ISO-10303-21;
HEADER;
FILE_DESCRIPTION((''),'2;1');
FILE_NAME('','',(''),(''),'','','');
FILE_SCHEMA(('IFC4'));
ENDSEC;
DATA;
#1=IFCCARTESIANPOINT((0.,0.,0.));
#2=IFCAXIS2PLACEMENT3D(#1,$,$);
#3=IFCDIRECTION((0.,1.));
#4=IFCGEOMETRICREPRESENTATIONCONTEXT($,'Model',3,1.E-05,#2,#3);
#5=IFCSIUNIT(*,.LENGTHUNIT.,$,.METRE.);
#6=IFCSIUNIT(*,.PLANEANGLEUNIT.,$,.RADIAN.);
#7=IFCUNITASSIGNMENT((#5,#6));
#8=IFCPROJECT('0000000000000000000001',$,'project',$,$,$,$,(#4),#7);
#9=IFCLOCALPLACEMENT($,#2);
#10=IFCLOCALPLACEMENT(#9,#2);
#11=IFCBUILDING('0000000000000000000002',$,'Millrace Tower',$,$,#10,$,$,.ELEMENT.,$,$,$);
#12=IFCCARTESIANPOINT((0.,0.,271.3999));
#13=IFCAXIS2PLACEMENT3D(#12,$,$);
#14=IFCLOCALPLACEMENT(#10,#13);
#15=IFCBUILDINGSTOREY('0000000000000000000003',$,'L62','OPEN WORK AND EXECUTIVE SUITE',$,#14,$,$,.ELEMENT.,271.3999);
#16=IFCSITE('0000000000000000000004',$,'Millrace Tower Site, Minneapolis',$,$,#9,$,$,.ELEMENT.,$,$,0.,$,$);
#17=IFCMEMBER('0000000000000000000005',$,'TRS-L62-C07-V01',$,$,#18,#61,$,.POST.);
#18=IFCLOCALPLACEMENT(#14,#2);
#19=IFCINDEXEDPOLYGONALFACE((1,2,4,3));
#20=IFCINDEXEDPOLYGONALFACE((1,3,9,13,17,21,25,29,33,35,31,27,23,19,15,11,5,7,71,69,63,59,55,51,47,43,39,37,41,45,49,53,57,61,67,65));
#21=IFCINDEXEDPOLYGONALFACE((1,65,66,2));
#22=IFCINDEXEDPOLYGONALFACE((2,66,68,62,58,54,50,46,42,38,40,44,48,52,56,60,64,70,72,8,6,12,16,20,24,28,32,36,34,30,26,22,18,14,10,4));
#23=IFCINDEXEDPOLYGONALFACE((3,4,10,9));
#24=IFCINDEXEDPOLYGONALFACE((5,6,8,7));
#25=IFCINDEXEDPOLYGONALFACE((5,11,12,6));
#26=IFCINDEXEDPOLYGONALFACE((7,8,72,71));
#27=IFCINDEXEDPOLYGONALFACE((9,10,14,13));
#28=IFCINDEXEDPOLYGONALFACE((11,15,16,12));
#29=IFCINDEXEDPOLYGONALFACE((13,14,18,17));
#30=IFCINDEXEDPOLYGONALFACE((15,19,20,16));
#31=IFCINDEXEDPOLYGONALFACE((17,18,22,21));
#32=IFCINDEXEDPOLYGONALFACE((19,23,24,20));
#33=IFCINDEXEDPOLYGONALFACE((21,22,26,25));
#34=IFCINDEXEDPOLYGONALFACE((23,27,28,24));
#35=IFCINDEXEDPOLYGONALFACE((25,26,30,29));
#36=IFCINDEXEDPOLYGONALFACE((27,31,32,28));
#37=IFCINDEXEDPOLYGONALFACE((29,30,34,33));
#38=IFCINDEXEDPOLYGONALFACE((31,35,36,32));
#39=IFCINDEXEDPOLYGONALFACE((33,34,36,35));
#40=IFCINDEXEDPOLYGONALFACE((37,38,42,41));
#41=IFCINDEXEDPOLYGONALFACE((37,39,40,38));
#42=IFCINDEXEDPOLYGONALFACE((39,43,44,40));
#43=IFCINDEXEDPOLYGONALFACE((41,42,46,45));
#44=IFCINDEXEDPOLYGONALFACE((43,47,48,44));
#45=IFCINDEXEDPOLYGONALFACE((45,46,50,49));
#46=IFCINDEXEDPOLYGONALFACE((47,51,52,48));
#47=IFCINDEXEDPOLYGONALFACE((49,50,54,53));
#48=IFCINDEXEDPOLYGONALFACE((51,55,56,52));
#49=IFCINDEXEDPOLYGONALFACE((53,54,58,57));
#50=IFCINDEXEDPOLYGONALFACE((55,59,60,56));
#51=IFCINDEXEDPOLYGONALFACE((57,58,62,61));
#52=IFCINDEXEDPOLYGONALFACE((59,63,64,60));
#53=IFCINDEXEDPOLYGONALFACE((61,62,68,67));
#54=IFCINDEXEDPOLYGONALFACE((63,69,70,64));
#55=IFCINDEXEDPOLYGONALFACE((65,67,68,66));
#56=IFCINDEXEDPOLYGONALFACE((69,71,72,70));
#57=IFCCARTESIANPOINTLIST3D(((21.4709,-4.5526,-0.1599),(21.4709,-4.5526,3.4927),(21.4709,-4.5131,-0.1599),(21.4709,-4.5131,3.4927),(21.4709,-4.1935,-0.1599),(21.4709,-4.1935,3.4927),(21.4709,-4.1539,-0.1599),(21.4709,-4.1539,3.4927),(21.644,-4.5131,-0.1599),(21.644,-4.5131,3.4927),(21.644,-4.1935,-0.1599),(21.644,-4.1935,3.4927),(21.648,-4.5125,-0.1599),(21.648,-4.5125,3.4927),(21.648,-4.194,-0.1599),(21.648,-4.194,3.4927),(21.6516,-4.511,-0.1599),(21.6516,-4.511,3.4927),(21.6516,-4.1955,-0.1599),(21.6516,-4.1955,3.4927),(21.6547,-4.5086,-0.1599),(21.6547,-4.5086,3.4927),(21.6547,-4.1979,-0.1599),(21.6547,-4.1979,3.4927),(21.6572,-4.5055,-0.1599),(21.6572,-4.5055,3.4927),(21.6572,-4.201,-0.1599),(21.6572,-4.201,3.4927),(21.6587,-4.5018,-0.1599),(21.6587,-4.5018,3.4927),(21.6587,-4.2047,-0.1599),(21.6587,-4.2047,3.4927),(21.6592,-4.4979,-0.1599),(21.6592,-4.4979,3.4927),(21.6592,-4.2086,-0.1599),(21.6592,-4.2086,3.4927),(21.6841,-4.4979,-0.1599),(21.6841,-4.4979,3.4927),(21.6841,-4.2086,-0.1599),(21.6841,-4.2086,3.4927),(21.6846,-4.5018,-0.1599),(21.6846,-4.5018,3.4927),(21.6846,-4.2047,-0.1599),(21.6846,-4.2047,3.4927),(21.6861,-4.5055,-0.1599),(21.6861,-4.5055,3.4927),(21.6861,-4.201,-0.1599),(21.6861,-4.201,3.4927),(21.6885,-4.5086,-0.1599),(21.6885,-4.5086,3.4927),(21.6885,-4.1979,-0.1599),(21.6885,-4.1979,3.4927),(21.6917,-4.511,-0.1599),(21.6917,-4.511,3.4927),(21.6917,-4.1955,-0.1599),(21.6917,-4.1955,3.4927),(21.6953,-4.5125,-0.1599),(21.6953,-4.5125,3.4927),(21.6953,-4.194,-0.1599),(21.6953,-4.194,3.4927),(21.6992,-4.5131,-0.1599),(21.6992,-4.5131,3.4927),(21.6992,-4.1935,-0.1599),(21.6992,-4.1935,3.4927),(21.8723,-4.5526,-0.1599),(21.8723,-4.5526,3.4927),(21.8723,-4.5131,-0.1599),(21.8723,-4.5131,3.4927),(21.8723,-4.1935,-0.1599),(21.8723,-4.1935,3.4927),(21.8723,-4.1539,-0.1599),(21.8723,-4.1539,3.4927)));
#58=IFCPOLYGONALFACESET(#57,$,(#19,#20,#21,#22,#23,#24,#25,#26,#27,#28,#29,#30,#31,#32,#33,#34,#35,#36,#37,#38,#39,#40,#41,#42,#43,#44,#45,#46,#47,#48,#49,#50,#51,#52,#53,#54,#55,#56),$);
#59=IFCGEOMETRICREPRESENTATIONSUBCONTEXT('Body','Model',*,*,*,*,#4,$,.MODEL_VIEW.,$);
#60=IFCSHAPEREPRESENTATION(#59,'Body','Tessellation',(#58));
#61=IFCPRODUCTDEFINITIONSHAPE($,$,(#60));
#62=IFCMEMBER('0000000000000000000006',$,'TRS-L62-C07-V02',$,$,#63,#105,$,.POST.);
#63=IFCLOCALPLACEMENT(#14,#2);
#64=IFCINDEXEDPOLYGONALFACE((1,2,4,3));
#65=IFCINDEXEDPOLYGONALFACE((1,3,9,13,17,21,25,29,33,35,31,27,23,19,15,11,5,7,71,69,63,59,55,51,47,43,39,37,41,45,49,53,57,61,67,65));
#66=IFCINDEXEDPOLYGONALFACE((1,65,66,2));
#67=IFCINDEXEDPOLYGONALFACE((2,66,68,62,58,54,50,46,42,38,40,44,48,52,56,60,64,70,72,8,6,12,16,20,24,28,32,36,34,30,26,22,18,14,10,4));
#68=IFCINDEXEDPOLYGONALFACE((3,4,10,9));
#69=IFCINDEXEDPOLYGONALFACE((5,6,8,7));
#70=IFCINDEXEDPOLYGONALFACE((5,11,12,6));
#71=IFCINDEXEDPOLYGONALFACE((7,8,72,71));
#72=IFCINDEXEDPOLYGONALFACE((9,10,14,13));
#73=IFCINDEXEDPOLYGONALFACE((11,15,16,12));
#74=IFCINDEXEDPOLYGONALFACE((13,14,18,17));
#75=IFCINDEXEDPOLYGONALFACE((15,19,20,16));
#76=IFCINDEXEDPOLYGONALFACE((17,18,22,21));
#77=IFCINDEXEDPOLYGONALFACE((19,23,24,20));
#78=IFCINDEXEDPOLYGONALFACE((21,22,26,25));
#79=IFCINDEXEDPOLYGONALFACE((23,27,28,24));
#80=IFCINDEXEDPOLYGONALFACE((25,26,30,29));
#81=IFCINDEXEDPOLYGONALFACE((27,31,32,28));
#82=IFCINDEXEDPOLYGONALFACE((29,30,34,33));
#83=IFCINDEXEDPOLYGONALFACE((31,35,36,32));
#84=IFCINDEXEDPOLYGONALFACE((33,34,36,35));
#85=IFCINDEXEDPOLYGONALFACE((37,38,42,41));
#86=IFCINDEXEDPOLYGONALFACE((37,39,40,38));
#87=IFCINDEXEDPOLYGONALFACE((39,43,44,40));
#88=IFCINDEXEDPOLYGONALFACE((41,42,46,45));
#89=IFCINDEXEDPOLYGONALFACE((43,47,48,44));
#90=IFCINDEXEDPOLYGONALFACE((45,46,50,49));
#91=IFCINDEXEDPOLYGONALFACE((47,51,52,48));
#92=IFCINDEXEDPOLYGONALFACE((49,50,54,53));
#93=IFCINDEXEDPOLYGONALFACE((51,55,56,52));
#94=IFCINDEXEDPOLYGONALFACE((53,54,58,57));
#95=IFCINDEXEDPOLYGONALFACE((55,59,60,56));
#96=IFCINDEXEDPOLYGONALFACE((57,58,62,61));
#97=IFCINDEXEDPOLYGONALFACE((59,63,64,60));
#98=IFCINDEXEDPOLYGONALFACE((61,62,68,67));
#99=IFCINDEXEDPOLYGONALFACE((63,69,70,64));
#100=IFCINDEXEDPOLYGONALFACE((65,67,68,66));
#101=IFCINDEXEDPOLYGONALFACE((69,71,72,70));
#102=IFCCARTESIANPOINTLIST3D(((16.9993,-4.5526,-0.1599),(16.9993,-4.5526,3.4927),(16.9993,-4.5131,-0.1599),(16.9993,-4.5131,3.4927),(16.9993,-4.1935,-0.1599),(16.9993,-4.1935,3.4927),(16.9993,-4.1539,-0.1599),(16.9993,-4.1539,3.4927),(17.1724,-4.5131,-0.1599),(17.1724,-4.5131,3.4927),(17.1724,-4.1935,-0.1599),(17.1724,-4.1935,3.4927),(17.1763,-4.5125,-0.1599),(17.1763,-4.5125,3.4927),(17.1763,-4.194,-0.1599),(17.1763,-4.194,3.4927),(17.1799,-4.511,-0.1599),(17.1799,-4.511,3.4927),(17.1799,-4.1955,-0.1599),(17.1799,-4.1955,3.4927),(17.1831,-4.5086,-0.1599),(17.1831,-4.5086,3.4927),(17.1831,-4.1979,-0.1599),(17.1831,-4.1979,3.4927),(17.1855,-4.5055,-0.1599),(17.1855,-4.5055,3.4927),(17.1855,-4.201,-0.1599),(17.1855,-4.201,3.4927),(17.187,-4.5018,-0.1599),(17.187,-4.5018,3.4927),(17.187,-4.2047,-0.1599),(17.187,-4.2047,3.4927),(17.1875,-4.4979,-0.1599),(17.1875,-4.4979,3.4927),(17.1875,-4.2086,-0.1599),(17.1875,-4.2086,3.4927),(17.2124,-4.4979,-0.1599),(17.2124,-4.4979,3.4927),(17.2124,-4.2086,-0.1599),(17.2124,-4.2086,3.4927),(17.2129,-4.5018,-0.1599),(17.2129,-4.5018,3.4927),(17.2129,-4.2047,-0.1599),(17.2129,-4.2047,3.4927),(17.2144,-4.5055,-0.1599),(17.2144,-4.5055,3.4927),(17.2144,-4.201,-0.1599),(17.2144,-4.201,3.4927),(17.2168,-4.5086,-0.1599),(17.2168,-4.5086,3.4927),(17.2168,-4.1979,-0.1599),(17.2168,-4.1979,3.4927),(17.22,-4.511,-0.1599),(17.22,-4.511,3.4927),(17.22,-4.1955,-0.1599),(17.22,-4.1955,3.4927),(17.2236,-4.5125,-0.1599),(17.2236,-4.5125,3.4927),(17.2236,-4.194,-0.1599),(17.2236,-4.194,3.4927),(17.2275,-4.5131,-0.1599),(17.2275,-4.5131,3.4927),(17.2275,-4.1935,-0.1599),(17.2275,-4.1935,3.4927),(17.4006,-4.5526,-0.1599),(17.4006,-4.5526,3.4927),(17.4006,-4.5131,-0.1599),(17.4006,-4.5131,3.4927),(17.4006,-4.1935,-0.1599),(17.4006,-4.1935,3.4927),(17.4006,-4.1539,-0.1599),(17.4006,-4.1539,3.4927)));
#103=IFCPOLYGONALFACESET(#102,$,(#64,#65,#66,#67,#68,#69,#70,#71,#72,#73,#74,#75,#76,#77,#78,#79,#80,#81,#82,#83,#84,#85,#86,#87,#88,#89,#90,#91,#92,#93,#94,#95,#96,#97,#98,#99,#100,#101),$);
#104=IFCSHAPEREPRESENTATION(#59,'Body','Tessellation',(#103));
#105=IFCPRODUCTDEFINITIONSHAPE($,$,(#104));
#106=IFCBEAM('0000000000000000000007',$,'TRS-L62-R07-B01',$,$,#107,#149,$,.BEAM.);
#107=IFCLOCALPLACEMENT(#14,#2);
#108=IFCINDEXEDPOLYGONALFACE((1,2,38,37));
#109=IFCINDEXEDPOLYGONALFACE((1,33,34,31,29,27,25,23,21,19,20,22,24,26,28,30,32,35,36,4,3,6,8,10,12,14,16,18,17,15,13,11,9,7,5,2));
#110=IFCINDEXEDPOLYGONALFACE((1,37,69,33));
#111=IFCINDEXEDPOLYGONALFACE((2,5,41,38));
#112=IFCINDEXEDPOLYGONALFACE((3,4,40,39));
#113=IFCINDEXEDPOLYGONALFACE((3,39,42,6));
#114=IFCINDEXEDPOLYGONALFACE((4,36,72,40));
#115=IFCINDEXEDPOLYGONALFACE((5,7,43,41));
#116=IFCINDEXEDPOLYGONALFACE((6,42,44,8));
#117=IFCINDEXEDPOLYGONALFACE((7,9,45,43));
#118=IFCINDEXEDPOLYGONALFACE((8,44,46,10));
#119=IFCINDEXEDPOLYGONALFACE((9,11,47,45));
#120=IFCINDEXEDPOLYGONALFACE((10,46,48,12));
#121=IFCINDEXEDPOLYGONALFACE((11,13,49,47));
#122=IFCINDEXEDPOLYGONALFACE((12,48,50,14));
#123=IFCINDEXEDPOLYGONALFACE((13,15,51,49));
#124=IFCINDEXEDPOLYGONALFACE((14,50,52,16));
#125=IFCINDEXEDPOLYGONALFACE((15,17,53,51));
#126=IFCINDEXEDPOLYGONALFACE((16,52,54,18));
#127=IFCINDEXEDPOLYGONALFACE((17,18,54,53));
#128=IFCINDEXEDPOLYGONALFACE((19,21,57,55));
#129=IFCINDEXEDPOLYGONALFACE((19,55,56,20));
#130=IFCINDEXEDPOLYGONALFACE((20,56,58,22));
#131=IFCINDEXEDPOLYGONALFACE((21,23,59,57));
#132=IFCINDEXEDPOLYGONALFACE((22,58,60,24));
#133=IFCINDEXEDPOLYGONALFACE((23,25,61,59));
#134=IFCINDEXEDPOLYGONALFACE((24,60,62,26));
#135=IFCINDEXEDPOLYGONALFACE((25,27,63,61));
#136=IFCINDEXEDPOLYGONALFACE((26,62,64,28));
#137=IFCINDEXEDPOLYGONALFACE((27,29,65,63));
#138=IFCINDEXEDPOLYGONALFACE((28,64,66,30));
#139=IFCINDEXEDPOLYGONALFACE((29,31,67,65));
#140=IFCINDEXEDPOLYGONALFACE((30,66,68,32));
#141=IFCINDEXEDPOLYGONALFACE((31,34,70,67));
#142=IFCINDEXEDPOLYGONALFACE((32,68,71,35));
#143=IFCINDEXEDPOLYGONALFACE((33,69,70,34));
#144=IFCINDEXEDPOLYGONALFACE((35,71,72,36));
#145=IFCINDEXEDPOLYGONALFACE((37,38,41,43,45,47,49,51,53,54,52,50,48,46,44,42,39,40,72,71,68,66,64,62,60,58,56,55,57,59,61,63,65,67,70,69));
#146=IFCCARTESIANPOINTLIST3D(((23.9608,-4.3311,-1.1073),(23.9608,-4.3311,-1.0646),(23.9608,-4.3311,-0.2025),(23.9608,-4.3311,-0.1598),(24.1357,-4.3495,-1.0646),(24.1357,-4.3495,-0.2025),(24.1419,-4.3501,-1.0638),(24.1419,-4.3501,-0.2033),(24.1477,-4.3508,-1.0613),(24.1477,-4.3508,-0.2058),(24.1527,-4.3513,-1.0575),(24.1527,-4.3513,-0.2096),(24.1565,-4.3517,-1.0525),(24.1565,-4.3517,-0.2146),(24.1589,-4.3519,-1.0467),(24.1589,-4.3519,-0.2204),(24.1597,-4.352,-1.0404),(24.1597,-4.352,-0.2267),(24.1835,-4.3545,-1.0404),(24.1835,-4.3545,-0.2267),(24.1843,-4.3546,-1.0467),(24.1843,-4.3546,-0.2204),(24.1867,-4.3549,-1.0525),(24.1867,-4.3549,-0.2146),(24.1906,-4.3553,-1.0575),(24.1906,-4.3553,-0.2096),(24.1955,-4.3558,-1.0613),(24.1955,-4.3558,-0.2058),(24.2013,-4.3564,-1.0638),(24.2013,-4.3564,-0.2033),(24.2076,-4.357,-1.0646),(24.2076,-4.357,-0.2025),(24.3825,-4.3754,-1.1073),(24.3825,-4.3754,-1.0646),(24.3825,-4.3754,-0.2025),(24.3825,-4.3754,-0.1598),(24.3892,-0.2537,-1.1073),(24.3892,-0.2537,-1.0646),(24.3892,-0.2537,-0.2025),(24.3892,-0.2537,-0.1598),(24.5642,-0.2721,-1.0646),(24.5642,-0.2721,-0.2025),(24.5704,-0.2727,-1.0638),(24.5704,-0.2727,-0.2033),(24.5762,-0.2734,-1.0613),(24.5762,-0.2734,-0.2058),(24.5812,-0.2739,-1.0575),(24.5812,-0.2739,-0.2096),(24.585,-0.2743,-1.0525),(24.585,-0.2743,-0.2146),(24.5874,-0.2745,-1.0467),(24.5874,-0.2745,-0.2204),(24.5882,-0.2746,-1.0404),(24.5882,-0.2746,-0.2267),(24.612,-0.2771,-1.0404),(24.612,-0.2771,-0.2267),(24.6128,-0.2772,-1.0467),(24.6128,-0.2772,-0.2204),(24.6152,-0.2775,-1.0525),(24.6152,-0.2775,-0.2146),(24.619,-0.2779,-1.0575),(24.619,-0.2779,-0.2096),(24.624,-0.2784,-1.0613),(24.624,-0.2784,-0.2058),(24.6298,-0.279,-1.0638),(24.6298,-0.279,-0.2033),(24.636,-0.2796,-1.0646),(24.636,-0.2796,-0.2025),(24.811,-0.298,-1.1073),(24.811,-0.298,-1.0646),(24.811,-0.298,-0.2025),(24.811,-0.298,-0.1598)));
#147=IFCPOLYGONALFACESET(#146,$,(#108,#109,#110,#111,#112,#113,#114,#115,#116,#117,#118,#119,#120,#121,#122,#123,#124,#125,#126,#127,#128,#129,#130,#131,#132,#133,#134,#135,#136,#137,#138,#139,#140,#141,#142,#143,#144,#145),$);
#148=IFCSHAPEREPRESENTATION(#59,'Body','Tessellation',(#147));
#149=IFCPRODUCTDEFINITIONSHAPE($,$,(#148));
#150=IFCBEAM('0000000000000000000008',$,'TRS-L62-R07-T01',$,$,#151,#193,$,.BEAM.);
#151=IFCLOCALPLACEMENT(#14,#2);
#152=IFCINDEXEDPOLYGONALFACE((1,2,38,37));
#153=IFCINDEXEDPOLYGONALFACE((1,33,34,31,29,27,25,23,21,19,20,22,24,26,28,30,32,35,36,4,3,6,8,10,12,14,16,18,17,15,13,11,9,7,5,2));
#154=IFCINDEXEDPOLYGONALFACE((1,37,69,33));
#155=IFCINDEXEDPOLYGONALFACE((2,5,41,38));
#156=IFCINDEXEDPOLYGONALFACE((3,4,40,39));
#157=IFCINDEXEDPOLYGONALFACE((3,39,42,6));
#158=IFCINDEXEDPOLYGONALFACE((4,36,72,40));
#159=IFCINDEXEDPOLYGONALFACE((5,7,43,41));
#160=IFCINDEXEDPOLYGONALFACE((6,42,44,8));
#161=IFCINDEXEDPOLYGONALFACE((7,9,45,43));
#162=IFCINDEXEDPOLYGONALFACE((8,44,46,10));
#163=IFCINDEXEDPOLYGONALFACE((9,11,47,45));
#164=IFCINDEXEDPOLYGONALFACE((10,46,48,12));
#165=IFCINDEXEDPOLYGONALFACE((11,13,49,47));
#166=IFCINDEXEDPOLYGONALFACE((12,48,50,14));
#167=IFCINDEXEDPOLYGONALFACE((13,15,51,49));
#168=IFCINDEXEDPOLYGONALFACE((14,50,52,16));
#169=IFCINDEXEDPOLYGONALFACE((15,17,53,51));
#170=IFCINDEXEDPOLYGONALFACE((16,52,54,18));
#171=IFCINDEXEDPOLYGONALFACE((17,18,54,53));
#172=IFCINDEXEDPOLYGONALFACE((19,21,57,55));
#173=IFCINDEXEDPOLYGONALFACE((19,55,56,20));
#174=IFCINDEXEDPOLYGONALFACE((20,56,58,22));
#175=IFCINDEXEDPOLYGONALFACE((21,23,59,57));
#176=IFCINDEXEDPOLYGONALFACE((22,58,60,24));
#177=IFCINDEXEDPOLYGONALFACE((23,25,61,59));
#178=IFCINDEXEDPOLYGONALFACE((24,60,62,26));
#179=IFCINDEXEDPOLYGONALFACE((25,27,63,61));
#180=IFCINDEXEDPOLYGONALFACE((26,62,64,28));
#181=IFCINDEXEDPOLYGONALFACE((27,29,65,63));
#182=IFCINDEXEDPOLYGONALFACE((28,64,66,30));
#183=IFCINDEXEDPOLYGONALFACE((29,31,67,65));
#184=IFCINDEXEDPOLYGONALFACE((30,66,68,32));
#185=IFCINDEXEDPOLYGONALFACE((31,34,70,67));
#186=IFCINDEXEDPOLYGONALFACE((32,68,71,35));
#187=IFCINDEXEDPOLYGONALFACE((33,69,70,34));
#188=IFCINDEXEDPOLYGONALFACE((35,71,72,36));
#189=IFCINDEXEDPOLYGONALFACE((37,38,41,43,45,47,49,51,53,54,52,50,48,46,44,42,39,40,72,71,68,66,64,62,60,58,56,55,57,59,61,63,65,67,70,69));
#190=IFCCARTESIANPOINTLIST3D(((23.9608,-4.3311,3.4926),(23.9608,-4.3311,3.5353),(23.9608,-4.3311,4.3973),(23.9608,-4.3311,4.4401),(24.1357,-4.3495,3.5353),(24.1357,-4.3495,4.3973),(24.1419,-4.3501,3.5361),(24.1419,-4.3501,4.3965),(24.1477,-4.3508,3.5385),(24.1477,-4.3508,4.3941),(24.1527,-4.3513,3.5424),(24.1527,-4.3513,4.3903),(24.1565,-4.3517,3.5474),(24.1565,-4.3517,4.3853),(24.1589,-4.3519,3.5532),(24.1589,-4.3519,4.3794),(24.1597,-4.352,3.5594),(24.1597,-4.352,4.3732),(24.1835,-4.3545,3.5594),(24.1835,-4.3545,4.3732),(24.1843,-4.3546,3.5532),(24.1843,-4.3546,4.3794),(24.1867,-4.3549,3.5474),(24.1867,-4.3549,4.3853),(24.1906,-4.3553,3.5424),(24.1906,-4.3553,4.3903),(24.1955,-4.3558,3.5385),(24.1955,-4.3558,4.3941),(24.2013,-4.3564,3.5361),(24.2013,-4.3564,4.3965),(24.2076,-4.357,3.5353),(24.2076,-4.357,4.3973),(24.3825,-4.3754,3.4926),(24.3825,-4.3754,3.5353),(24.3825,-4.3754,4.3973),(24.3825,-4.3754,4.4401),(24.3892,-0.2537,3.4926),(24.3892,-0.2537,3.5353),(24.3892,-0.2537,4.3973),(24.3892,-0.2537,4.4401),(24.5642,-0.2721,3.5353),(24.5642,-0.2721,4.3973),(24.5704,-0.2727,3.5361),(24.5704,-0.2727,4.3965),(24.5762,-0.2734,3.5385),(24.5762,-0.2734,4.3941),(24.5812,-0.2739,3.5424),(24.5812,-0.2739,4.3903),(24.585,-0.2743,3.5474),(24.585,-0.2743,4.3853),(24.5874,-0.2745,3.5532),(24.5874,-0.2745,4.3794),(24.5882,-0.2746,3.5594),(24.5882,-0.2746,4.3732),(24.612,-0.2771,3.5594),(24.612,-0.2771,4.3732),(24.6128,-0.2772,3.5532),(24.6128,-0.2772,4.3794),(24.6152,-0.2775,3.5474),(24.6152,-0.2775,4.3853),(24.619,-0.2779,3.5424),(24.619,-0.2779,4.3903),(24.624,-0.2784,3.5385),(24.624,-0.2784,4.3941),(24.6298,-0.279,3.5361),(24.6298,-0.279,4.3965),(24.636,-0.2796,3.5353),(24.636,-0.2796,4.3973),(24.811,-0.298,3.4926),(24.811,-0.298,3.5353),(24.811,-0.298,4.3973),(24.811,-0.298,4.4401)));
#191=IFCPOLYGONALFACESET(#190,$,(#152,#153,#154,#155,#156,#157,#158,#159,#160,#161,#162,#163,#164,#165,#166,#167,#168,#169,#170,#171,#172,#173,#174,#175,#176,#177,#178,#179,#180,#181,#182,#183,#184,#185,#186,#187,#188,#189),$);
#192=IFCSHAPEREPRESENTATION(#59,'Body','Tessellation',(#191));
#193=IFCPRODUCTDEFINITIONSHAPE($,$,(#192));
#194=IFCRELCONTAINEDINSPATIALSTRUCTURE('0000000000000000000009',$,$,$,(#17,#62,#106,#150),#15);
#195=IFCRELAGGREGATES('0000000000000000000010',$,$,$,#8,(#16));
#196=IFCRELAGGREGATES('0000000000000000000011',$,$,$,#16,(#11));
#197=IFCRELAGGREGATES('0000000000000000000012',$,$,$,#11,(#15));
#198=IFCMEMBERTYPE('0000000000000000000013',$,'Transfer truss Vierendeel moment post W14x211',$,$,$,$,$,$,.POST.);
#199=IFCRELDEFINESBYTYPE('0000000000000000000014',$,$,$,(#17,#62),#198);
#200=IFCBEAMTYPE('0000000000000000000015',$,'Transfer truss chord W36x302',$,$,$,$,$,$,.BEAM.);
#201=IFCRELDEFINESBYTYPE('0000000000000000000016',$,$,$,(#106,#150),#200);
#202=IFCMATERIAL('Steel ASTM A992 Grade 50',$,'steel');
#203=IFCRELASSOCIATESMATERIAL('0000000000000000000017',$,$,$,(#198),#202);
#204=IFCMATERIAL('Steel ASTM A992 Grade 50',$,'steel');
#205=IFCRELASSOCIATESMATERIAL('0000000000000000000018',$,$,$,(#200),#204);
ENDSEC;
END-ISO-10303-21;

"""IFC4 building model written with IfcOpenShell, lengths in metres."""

from ifc_helpers import new_model, si_unit, direction, frame, origin, origin_2d, place, context, subcontext, project, spatial, i_section, extrude, material, material_profile, profile_set, type_object, element, save


model = new_model("IFC4")

# Units and contexts
model_context = context("Model", 3, precision=1e-05, world=origin(), true_north=direction((0.0, 1.0)))
body_context = subcontext(model_context, "Body", "Model", "MODEL_VIEW")
ifc_project = project(units=[si_unit("LENGTHUNIT", "METRE"), si_unit("PLANEANGLEUNIT", "RADIAN")], contexts=[model_context])

# Site, building, storey
site_placement = place(None, origin())
site = spatial("IfcSite", under=ifc_project, at=site_placement, Name="Millrace Tower Site, Minneapolis", CompositionType="ELEMENT", RefElevation=0.0)
building_placement = place(site_placement, origin())
building = spatial("IfcBuilding", under=site, at=building_placement, Name="Millrace Tower", CompositionType="ELEMENT")
storey_placement = place(building_placement, frame((0.0, 0.0, 271.3999)))
storey = spatial("IfcBuildingStorey", under=building, at=storey_placement, Name="L62", Description="OPEN WORK AND EXECUTIVE SUITE", CompositionType="ELEMENT", Elevation=271.3999)

# Members
ifc_material_1 = material(Name="Steel ASTM A992 Grade 50", Category="steel")
ifc_material_profile_1 = material_profile(ifc_material_1, i_section(OverallWidth=0.4014, OverallDepth=0.3987, WebThickness=0.0249, FlangeThickness=0.0396, FilletRadius=0.0151, at=origin_2d()))
ifc_profile_set_1 = profile_set([ifc_material_profile_1], Name="Steel ASTM A992 Grade 50")
member_type_1 = type_object("IfcMemberType", Name="Transfer truss Vierendeel moment post W14x211", PredefinedType="POST", material=ifc_profile_set_1)
for number, where, z_axis, x_axis, name in (
    (1, (21.6716, -4.3533, -0.1599), (0.0, 0.0, 1.0), (1.0, 0.0, 0.0), "TRS-L62-C07-V01"),
    (2, (17.2, -4.3533, -0.1599), (0.0, 0.0, 1.0), (1.0, 0.0, 0.0), "TRS-L62-C07-V02"),
):
    element("IfcMember", number, at=place(storey_placement, frame(where, z_axis=z_axis, x_axis=x_axis)), inside=storey, type_object=member_type_1, Name=name, PredefinedType="POST", context=body_context, shape_type="SweptSolid", body=[
        extrude(i_section(OverallWidth=0.4014, OverallDepth=0.3987, WebThickness=0.0249, FlangeThickness=0.0396, FilletRadius=0.0151, at=origin_2d()), origin(), (0.0, 0.0, 1.0), 3.6526),
    ])

# Beams
ifc_material_2 = material(Name="Steel ASTM A992 Grade 50", Category="steel")
ifc_material_profile_2 = material_profile(ifc_material_2, i_section(OverallWidth=0.4241, OverallDepth=0.9475, WebThickness=0.0239, FlangeThickness=0.0427, FilletRadius=0.0242, at=origin_2d()))
ifc_profile_set_2 = profile_set([ifc_material_profile_2], Name="Steel ASTM A992 Grade 50")
beam_type_1 = type_object("IfcBeamType", Name="Transfer truss chord W36x302", PredefinedType="BEAM", material=ifc_profile_set_2)
for number, where, z_axis, x_axis, name in (
    (3, (24.1716, -4.3533, -0.6335), (0.104508, 0.994524, 0.0), (-0.994524, 0.104508, 0.0), "TRS-L62-R07-B01"),
    (4, (24.1716, -4.3533, 3.9663), (0.104508, 0.994524, 0.0), (-0.994524, 0.104508, 0.0), "TRS-L62-R07-T01"),
):
    element("IfcBeam", number, at=place(storey_placement, frame(where, z_axis=z_axis, x_axis=x_axis)), inside=storey, type_object=beam_type_1, Name=name, PredefinedType="BEAM", context=body_context, shape_type="SweptSolid", body=[
        extrude(i_section(OverallWidth=0.4241, OverallDepth=0.9475, WebThickness=0.0239, FlangeThickness=0.0427, FilletRadius=0.0242, at=origin_2d()), origin(), (0.0, 0.0, 1.0), 4.0999),
    ])

save(model, "model.ifc")
